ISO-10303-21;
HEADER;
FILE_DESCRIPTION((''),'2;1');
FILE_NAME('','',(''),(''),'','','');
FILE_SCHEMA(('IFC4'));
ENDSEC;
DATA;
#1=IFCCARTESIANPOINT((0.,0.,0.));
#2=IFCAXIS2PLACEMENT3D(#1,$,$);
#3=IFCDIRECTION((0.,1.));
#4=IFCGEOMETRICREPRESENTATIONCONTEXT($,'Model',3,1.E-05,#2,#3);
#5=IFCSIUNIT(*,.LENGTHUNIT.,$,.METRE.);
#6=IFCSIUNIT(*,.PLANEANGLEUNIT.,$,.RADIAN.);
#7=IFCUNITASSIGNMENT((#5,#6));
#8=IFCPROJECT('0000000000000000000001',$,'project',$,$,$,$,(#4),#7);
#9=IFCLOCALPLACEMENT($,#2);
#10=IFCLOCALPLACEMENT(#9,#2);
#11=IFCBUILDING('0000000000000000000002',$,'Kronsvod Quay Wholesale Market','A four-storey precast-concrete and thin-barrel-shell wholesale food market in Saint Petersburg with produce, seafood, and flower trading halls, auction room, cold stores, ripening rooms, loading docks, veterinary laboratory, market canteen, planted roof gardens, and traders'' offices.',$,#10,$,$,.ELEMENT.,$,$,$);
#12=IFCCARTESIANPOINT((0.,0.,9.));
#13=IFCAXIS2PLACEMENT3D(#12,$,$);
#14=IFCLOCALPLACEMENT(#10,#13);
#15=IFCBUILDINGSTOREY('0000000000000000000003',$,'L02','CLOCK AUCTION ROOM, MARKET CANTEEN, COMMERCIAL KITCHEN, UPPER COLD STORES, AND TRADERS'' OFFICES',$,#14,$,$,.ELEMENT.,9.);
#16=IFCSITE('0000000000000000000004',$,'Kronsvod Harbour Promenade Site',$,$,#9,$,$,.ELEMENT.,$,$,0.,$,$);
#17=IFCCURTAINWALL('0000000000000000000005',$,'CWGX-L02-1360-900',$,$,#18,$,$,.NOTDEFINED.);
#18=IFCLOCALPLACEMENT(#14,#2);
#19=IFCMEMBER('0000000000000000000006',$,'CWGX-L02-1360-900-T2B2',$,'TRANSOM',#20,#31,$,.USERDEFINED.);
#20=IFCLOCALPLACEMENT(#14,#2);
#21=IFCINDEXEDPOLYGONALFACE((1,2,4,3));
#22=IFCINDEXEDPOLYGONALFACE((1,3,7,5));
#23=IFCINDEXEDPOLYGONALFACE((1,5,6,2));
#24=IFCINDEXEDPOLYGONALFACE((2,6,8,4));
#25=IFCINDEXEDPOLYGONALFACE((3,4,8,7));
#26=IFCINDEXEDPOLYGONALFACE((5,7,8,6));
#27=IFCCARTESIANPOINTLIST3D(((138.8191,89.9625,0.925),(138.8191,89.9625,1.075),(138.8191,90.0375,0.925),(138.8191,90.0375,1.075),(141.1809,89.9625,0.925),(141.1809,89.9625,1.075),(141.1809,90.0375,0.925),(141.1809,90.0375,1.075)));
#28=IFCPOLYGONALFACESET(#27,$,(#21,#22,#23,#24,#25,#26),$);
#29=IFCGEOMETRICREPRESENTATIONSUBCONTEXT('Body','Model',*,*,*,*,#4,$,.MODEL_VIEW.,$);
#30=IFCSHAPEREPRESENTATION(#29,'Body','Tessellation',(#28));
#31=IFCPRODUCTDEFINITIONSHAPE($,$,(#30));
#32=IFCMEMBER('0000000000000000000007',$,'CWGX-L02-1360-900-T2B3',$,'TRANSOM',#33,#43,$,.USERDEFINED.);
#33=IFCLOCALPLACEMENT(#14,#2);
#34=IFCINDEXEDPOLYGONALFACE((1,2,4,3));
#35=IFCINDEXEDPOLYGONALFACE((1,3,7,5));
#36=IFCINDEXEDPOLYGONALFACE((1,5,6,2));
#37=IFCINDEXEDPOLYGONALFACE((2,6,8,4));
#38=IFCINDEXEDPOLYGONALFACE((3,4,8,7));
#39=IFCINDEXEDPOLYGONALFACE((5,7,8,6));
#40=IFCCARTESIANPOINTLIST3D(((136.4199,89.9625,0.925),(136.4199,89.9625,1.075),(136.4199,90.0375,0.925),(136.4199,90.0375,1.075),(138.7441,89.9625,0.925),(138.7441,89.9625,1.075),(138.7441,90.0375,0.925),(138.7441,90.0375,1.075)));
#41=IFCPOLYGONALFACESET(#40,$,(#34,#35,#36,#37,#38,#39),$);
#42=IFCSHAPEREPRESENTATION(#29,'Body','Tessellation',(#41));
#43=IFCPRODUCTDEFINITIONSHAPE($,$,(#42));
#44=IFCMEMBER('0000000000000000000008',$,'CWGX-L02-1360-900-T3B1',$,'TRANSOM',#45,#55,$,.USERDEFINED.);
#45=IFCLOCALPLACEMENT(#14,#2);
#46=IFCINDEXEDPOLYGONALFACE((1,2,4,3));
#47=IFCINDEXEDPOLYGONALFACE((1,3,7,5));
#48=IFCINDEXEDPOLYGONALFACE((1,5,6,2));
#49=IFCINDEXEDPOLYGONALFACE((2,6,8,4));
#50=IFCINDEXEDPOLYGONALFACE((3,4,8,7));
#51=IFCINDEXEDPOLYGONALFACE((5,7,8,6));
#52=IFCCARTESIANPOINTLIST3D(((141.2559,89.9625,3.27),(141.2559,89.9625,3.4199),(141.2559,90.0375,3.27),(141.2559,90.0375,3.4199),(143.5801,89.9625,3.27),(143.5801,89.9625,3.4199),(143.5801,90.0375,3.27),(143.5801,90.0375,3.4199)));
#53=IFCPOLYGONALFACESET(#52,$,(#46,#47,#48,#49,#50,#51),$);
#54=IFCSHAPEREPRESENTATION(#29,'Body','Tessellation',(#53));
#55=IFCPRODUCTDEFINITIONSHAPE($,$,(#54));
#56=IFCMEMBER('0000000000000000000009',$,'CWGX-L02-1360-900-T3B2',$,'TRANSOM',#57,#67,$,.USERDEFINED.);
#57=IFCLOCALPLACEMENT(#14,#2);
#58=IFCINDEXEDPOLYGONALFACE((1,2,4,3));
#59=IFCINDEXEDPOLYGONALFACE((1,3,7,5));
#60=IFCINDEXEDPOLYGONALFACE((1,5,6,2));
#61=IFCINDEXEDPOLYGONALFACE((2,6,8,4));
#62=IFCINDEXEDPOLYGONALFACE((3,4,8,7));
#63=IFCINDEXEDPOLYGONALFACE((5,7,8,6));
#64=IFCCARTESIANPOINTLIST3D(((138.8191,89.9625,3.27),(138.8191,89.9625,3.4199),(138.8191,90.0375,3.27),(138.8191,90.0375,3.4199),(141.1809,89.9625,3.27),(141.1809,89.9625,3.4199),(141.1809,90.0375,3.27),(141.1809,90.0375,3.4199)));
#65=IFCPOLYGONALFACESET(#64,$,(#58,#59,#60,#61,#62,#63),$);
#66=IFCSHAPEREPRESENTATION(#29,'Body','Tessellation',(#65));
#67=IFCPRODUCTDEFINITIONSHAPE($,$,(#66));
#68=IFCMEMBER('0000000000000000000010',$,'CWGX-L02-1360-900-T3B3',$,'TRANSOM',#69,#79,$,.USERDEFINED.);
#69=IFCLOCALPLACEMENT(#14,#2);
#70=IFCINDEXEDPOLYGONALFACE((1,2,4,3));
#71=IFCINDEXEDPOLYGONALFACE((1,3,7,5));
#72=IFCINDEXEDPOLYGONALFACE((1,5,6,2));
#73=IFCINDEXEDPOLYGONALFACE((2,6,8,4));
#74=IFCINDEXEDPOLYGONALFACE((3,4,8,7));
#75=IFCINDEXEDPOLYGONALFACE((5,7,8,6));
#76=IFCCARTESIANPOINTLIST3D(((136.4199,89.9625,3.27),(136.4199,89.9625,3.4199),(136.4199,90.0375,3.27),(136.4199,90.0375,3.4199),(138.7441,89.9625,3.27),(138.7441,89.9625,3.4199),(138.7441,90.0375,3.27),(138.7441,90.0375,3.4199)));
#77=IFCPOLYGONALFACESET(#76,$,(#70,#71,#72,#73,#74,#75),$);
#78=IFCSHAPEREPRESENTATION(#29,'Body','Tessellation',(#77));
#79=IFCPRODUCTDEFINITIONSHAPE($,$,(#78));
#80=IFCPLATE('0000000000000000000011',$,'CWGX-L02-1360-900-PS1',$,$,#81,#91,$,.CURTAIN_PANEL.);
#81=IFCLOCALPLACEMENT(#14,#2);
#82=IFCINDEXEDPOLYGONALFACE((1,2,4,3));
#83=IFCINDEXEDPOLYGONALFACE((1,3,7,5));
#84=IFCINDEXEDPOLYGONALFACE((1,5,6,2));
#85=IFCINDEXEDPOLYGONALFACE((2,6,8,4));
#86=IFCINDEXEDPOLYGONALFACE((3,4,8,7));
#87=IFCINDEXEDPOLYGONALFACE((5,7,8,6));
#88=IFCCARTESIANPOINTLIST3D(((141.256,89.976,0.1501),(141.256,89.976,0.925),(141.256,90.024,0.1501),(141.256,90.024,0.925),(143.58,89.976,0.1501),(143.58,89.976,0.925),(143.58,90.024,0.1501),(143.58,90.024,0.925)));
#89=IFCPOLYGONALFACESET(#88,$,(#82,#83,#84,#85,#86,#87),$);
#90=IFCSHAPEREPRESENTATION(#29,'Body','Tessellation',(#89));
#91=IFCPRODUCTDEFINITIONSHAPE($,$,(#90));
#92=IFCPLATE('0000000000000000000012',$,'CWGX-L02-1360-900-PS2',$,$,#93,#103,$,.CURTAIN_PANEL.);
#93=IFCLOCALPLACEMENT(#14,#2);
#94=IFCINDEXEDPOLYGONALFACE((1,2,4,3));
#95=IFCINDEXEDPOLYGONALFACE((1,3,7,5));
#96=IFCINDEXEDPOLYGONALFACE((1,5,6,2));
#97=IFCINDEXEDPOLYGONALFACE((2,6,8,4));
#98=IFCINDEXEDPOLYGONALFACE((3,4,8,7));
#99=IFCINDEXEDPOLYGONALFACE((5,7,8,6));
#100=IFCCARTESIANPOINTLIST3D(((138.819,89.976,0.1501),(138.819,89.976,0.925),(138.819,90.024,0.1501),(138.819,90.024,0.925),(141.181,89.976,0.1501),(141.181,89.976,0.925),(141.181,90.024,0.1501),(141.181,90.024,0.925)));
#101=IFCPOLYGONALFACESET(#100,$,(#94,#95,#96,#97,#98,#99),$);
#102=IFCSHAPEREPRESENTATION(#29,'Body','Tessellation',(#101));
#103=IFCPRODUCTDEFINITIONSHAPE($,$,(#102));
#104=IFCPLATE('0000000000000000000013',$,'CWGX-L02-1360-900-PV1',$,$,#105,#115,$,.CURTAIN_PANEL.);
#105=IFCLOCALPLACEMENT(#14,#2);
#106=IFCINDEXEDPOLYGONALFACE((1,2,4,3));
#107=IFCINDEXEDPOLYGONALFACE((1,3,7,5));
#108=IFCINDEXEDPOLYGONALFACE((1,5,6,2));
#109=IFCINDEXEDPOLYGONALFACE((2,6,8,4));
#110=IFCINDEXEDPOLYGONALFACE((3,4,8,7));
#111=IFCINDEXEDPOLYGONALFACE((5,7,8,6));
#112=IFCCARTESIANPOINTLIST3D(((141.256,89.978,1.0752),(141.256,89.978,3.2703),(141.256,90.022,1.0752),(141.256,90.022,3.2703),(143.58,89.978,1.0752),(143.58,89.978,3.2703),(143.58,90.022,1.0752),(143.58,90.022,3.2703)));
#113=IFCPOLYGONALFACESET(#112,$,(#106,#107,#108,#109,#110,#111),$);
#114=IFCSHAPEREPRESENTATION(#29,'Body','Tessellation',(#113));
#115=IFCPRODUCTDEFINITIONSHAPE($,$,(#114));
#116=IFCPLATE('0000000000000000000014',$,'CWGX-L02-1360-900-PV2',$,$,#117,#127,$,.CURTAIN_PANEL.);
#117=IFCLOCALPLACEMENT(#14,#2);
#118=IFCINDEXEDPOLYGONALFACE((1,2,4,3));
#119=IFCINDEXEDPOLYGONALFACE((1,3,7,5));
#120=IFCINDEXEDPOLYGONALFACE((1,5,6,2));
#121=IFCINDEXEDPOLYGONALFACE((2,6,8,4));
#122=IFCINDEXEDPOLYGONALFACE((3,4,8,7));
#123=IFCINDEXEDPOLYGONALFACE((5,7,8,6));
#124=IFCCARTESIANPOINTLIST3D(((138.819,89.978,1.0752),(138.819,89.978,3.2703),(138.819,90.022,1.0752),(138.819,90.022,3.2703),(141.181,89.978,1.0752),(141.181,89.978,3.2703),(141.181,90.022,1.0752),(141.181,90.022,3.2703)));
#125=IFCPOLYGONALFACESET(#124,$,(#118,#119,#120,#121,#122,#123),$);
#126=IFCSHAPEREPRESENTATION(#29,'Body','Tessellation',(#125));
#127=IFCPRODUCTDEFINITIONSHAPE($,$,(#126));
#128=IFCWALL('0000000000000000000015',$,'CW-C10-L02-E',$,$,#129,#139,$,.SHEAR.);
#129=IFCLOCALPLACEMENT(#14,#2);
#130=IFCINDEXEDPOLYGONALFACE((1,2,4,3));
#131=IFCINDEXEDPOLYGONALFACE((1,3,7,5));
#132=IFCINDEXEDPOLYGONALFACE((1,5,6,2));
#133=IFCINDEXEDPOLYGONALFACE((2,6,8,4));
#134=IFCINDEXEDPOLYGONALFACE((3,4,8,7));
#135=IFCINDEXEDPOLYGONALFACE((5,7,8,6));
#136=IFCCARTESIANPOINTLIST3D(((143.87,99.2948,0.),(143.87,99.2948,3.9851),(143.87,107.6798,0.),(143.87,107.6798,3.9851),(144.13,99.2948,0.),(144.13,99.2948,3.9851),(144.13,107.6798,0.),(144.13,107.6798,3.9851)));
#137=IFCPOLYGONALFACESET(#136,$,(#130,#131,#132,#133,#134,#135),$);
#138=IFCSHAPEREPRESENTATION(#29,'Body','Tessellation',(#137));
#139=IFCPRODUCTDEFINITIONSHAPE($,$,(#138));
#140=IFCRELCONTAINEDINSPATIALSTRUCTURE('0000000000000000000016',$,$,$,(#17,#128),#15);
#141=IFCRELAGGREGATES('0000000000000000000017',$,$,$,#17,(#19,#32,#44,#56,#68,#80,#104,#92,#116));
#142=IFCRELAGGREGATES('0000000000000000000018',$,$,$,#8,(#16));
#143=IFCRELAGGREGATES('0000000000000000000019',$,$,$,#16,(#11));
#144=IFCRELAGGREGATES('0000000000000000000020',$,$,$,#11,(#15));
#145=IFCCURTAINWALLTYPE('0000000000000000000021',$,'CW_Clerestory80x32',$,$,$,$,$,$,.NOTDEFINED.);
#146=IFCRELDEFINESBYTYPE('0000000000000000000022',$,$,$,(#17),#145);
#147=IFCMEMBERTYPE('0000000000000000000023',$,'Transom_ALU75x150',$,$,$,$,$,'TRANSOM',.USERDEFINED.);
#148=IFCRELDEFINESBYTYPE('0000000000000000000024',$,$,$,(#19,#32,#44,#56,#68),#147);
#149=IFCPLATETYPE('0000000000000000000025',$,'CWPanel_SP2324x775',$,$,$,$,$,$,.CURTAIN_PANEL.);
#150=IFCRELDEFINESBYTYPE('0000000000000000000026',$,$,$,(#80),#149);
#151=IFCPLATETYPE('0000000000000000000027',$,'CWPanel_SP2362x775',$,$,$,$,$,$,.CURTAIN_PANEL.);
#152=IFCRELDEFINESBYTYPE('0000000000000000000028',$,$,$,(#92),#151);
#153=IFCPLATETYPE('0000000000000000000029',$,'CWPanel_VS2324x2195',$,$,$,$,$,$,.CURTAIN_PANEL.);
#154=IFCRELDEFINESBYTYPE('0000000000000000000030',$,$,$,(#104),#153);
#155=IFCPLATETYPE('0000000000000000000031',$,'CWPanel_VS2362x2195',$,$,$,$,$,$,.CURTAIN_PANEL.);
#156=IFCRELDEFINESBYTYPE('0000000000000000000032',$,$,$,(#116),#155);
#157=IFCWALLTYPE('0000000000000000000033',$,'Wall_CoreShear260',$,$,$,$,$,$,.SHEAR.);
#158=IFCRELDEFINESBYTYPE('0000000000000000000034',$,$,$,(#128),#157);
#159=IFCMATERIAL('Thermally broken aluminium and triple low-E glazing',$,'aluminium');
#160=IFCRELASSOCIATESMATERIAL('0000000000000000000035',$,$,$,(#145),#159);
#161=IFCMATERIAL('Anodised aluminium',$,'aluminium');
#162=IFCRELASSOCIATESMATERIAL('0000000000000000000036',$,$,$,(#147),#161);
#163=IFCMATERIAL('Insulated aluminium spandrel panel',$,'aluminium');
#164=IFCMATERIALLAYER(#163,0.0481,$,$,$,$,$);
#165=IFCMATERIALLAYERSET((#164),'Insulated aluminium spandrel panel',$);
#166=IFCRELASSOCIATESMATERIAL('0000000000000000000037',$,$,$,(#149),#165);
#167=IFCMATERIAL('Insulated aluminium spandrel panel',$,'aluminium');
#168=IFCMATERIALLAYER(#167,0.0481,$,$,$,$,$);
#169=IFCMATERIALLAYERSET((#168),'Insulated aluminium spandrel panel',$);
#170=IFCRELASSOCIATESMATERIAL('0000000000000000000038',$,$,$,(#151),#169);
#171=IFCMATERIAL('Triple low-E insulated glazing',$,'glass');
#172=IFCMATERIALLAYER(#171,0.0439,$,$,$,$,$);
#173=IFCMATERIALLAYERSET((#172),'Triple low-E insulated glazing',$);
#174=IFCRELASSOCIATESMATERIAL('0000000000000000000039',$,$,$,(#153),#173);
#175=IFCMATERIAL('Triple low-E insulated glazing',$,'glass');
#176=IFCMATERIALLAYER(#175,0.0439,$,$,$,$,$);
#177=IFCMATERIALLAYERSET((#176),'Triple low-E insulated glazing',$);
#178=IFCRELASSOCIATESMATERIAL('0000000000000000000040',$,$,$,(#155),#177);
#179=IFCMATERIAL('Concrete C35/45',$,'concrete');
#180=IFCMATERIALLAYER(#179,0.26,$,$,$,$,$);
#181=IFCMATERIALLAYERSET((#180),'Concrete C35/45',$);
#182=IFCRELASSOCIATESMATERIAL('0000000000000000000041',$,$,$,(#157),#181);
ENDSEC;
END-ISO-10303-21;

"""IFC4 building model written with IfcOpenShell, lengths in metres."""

from ifc_helpers import new_model, si_unit, direction, frame, frame_2d, origin, origin_2d, place, context, subcontext, project, spatial, rectangle, extrude, material, layer, layer_set, material_profile, profile_set, type_object, element, aggregate, save


model = new_model("IFC4")

# Units and contexts
model_context = context("Model", 3, precision=1e-05, world=origin(), true_north=direction((0.0, 1.0)))
body_context = subcontext(model_context, "Body", "Model", "MODEL_VIEW")
ifc_project = project(units=[si_unit("LENGTHUNIT", "METRE"), si_unit("PLANEANGLEUNIT", "RADIAN")], contexts=[model_context])

# Site, building, storey
site_placement = place(None, origin())
site = spatial("IfcSite", under=ifc_project, at=site_placement, Name="Kronsvod Harbour Promenade Site", CompositionType="ELEMENT", RefElevation=0.0)
building_placement = place(site_placement, origin())
building = spatial("IfcBuilding", under=site, at=building_placement, Name="Kronsvod Quay Wholesale Market", Description="A four-storey precast-concrete and thin-barrel-shell wholesale food market in Saint Petersburg with produce, seafood, and flower trading halls, auction room, cold stores, ripening rooms, loading docks, veterinary laboratory, market canteen, planted roof gardens, and traders' offices.", CompositionType="ELEMENT")
storey_placement = place(building_placement, frame((0.0, 0.0, 9.0)))
storey = spatial("IfcBuildingStorey", under=building, at=storey_placement, Name="L02", Description="CLOCK AUCTION ROOM, MARKET CANTEEN, COMMERCIAL KITCHEN, UPPER COLD STORES, AND TRADERS' OFFICES", CompositionType="ELEMENT", Elevation=9.0)

# Curtain wall, members, plates
ifc_material_1 = material(Name="Thermally broken aluminium and triple low-E glazing", Category="aluminium")
curtain_wall_type = type_object("IfcCurtainWallType", Name="CW_Clerestory80x32", PredefinedType="NOTDEFINED", material=ifc_material_1)
curtain_wall_placement = place(storey_placement, origin())
curtain_wall = element("IfcCurtainWall", 1, at=curtain_wall_placement, inside=storey, type_object=curtain_wall_type, Name="CWGX-L02-1360-900", PredefinedType="NOTDEFINED")
ifc_material_2 = material(Name="Anodised aluminium", Category="aluminium")
ifc_material_profile_1 = material_profile(ifc_material_2, rectangle(XDim=0.075, YDim=0.1499, at=origin_2d()), Name="ALUT75x150")
ifc_profile_set_1 = profile_set([ifc_material_profile_1], Name="Anodised aluminium")
member_type_1 = type_object("IfcMemberType", Name="Transom_ALU75x150", ElementType="TRANSOM", PredefinedType="USERDEFINED", material=ifc_profile_set_1)
member_1_placement = place(storey_placement, frame((141.1809, 90.0, 1.0), z_axis=(-1.0, 0.0, 0.0), x_axis=(0.0, -1.0, 0.0)))
member_1 = element("IfcMember", 2, at=member_1_placement, type_object=member_type_1, Name="CWGX-L02-1360-900-T2B2", ObjectType="TRANSOM", PredefinedType="USERDEFINED", context=body_context, shape_type="SweptSolid", body=[
    extrude(rectangle(XDim=0.075, YDim=0.1499, at=origin_2d()), origin(), (0.0, 0.0, 1.0), 2.3618),
])
member_2_placement = place(storey_placement, frame((138.7441, 90.0, 1.0), z_axis=(-1.0, 0.0, 0.0), x_axis=(0.0, -1.0, 0.0)))
member_2 = element("IfcMember", 3, at=member_2_placement, type_object=member_type_1, Name="CWGX-L02-1360-900-T2B3", ObjectType="TRANSOM", PredefinedType="USERDEFINED", context=body_context, shape_type="SweptSolid", body=[
    extrude(rectangle(XDim=0.075, YDim=0.1499, at=origin_2d()), origin(), (0.0, 0.0, 1.0), 2.3242),
])
member_3_placement = place(storey_placement, frame((143.5801, 90.0, 3.345), z_axis=(-1.0, 0.0, 0.0), x_axis=(0.0, -1.0, 0.0)))
member_3 = element("IfcMember", 4, at=member_3_placement, type_object=member_type_1, Name="CWGX-L02-1360-900-T3B1", ObjectType="TRANSOM", PredefinedType="USERDEFINED", context=body_context, shape_type="SweptSolid", body=[
    extrude(rectangle(XDim=0.075, YDim=0.1499, at=origin_2d()), origin(), (0.0, 0.0, 1.0), 2.3242),
])
member_4_placement = place(storey_placement, frame((141.1809, 90.0, 3.345), z_axis=(-1.0, 0.0, 0.0), x_axis=(0.0, -1.0, 0.0)))
member_4 = element("IfcMember", 5, at=member_4_placement, type_object=member_type_1, Name="CWGX-L02-1360-900-T3B2", ObjectType="TRANSOM", PredefinedType="USERDEFINED", context=body_context, shape_type="SweptSolid", body=[
    extrude(rectangle(XDim=0.075, YDim=0.1499, at=origin_2d()), origin(), (0.0, 0.0, 1.0), 2.3618),
])
member_5_placement = place(storey_placement, frame((138.7441, 90.0, 3.345), z_axis=(-1.0, 0.0, 0.0), x_axis=(0.0, -1.0, 0.0)))
member_5 = element("IfcMember", 6, at=member_5_placement, type_object=member_type_1, Name="CWGX-L02-1360-900-T3B3", ObjectType="TRANSOM", PredefinedType="USERDEFINED", context=body_context, shape_type="SweptSolid", body=[
    extrude(rectangle(XDim=0.075, YDim=0.1499, at=origin_2d()), origin(), (0.0, 0.0, 1.0), 2.3242),
])
ifc_material_3 = material(Name="Insulated aluminium spandrel panel", Category="aluminium")
ifc_layer_1 = layer(ifc_material_3, 0.0481)
ifc_layer_set_1 = layer_set([ifc_layer_1], Name="Insulated aluminium spandrel panel")
plate_type_1 = type_object("IfcPlateType", Name="CWPanel_SP2324x775", PredefinedType="CURTAIN_PANEL", material=ifc_layer_set_1)
plate_1_placement = place(storey_placement, frame((142.418, 90.0, 0.1501), z_axis=(0.0, 0.0, 1.0), x_axis=(-1.0, 0.0, 0.0)))
plate_1 = element("IfcPlate", 7, at=plate_1_placement, type_object=plate_type_1, Name="CWGX-L02-1360-900-PS1", PredefinedType="CURTAIN_PANEL", context=body_context, shape_type="SweptSolid", body=[
    extrude(rectangle(XDim=2.324, YDim=0.0481, at=origin_2d()), origin(), (0.0, 0.0, 1.0), 0.7749),
])
ifc_material_4 = material(Name="Insulated aluminium spandrel panel", Category="aluminium")
ifc_layer_2 = layer(ifc_material_4, 0.0481)
ifc_layer_set_2 = layer_set([ifc_layer_2], Name="Insulated aluminium spandrel panel")
plate_type_2 = type_object("IfcPlateType", Name="CWPanel_SP2362x775", PredefinedType="CURTAIN_PANEL", material=ifc_layer_set_2)
plate_2_placement = place(storey_placement, frame((140.0, 90.0, 0.1501), z_axis=(0.0, 0.0, 1.0), x_axis=(-1.0, 0.0, 0.0)))
plate_2 = element("IfcPlate", 8, at=plate_2_placement, type_object=plate_type_2, Name="CWGX-L02-1360-900-PS2", PredefinedType="CURTAIN_PANEL", context=body_context, shape_type="SweptSolid", body=[
    extrude(rectangle(XDim=2.3621, YDim=0.0481, at=origin_2d()), origin(), (0.0, 0.0, 1.0), 0.7749),
])
ifc_material_5 = material(Name="Triple low-E insulated glazing", Category="glass")
ifc_layer_3 = layer(ifc_material_5, 0.0439)
ifc_layer_set_3 = layer_set([ifc_layer_3], Name="Triple low-E insulated glazing")
plate_type_3 = type_object("IfcPlateType", Name="CWPanel_VS2324x2195", PredefinedType="CURTAIN_PANEL", material=ifc_layer_set_3)
plate_3_placement = place(storey_placement, frame((142.418, 90.0, 1.0752), z_axis=(0.0, 0.0, 1.0), x_axis=(-1.0, 0.0, 0.0)))
plate_3 = element("IfcPlate", 9, at=plate_3_placement, type_object=plate_type_3, Name="CWGX-L02-1360-900-PV1", PredefinedType="CURTAIN_PANEL", context=body_context, shape_type="SweptSolid", body=[
    extrude(rectangle(XDim=2.324, YDim=0.0439, at=origin_2d()), origin(), (0.0, 0.0, 1.0), 2.1951),
])
ifc_material_6 = material(Name="Triple low-E insulated glazing", Category="glass")
ifc_layer_4 = layer(ifc_material_6, 0.0439)
ifc_layer_set_4 = layer_set([ifc_layer_4], Name="Triple low-E insulated glazing")
plate_type_4 = type_object("IfcPlateType", Name="CWPanel_VS2362x2195", PredefinedType="CURTAIN_PANEL", material=ifc_layer_set_4)
plate_4_placement = place(storey_placement, frame((140.0, 90.0, 1.0752), z_axis=(0.0, 0.0, 1.0), x_axis=(-1.0, 0.0, 0.0)))
plate_4 = element("IfcPlate", 10, at=plate_4_placement, type_object=plate_type_4, Name="CWGX-L02-1360-900-PV2", PredefinedType="CURTAIN_PANEL", context=body_context, shape_type="SweptSolid", body=[
    extrude(rectangle(XDim=2.3621, YDim=0.0439, at=origin_2d()), origin(), (0.0, 0.0, 1.0), 2.1951),
])
aggregate(curtain_wall, [member_1, member_2, member_3, member_4, member_5, plate_1, plate_3, plate_2, plate_4])

# Wall
ifc_material_7 = material(Name="Concrete C35/45", Category="concrete")
ifc_layer_5 = layer(ifc_material_7, 0.26)
ifc_layer_set_5 = layer_set([ifc_layer_5], Name="Concrete C35/45")
wall_type_1 = type_object("IfcWallType", Name="Wall_CoreShear260", PredefinedType="SHEAR", material=ifc_layer_set_5)
wall_1_placement = place(storey_placement, frame((144.0, 99.2949, 0.0), z_axis=(0.0, 0.0, 1.0), x_axis=(0.0, 1.0, 0.0)))
element("IfcWall", 11, at=wall_1_placement, inside=storey, type_object=wall_type_1, Name="CW-C10-L02-E", PredefinedType="SHEAR", context=body_context, shape_type="SweptSolid", body=[
    extrude(rectangle(XDim=8.385, YDim=0.26, at=frame_2d((4.1924, 0.0))), origin(), (0.0, 0.0, 1.0), 3.9851),
])

save(model, "model.ifc")
